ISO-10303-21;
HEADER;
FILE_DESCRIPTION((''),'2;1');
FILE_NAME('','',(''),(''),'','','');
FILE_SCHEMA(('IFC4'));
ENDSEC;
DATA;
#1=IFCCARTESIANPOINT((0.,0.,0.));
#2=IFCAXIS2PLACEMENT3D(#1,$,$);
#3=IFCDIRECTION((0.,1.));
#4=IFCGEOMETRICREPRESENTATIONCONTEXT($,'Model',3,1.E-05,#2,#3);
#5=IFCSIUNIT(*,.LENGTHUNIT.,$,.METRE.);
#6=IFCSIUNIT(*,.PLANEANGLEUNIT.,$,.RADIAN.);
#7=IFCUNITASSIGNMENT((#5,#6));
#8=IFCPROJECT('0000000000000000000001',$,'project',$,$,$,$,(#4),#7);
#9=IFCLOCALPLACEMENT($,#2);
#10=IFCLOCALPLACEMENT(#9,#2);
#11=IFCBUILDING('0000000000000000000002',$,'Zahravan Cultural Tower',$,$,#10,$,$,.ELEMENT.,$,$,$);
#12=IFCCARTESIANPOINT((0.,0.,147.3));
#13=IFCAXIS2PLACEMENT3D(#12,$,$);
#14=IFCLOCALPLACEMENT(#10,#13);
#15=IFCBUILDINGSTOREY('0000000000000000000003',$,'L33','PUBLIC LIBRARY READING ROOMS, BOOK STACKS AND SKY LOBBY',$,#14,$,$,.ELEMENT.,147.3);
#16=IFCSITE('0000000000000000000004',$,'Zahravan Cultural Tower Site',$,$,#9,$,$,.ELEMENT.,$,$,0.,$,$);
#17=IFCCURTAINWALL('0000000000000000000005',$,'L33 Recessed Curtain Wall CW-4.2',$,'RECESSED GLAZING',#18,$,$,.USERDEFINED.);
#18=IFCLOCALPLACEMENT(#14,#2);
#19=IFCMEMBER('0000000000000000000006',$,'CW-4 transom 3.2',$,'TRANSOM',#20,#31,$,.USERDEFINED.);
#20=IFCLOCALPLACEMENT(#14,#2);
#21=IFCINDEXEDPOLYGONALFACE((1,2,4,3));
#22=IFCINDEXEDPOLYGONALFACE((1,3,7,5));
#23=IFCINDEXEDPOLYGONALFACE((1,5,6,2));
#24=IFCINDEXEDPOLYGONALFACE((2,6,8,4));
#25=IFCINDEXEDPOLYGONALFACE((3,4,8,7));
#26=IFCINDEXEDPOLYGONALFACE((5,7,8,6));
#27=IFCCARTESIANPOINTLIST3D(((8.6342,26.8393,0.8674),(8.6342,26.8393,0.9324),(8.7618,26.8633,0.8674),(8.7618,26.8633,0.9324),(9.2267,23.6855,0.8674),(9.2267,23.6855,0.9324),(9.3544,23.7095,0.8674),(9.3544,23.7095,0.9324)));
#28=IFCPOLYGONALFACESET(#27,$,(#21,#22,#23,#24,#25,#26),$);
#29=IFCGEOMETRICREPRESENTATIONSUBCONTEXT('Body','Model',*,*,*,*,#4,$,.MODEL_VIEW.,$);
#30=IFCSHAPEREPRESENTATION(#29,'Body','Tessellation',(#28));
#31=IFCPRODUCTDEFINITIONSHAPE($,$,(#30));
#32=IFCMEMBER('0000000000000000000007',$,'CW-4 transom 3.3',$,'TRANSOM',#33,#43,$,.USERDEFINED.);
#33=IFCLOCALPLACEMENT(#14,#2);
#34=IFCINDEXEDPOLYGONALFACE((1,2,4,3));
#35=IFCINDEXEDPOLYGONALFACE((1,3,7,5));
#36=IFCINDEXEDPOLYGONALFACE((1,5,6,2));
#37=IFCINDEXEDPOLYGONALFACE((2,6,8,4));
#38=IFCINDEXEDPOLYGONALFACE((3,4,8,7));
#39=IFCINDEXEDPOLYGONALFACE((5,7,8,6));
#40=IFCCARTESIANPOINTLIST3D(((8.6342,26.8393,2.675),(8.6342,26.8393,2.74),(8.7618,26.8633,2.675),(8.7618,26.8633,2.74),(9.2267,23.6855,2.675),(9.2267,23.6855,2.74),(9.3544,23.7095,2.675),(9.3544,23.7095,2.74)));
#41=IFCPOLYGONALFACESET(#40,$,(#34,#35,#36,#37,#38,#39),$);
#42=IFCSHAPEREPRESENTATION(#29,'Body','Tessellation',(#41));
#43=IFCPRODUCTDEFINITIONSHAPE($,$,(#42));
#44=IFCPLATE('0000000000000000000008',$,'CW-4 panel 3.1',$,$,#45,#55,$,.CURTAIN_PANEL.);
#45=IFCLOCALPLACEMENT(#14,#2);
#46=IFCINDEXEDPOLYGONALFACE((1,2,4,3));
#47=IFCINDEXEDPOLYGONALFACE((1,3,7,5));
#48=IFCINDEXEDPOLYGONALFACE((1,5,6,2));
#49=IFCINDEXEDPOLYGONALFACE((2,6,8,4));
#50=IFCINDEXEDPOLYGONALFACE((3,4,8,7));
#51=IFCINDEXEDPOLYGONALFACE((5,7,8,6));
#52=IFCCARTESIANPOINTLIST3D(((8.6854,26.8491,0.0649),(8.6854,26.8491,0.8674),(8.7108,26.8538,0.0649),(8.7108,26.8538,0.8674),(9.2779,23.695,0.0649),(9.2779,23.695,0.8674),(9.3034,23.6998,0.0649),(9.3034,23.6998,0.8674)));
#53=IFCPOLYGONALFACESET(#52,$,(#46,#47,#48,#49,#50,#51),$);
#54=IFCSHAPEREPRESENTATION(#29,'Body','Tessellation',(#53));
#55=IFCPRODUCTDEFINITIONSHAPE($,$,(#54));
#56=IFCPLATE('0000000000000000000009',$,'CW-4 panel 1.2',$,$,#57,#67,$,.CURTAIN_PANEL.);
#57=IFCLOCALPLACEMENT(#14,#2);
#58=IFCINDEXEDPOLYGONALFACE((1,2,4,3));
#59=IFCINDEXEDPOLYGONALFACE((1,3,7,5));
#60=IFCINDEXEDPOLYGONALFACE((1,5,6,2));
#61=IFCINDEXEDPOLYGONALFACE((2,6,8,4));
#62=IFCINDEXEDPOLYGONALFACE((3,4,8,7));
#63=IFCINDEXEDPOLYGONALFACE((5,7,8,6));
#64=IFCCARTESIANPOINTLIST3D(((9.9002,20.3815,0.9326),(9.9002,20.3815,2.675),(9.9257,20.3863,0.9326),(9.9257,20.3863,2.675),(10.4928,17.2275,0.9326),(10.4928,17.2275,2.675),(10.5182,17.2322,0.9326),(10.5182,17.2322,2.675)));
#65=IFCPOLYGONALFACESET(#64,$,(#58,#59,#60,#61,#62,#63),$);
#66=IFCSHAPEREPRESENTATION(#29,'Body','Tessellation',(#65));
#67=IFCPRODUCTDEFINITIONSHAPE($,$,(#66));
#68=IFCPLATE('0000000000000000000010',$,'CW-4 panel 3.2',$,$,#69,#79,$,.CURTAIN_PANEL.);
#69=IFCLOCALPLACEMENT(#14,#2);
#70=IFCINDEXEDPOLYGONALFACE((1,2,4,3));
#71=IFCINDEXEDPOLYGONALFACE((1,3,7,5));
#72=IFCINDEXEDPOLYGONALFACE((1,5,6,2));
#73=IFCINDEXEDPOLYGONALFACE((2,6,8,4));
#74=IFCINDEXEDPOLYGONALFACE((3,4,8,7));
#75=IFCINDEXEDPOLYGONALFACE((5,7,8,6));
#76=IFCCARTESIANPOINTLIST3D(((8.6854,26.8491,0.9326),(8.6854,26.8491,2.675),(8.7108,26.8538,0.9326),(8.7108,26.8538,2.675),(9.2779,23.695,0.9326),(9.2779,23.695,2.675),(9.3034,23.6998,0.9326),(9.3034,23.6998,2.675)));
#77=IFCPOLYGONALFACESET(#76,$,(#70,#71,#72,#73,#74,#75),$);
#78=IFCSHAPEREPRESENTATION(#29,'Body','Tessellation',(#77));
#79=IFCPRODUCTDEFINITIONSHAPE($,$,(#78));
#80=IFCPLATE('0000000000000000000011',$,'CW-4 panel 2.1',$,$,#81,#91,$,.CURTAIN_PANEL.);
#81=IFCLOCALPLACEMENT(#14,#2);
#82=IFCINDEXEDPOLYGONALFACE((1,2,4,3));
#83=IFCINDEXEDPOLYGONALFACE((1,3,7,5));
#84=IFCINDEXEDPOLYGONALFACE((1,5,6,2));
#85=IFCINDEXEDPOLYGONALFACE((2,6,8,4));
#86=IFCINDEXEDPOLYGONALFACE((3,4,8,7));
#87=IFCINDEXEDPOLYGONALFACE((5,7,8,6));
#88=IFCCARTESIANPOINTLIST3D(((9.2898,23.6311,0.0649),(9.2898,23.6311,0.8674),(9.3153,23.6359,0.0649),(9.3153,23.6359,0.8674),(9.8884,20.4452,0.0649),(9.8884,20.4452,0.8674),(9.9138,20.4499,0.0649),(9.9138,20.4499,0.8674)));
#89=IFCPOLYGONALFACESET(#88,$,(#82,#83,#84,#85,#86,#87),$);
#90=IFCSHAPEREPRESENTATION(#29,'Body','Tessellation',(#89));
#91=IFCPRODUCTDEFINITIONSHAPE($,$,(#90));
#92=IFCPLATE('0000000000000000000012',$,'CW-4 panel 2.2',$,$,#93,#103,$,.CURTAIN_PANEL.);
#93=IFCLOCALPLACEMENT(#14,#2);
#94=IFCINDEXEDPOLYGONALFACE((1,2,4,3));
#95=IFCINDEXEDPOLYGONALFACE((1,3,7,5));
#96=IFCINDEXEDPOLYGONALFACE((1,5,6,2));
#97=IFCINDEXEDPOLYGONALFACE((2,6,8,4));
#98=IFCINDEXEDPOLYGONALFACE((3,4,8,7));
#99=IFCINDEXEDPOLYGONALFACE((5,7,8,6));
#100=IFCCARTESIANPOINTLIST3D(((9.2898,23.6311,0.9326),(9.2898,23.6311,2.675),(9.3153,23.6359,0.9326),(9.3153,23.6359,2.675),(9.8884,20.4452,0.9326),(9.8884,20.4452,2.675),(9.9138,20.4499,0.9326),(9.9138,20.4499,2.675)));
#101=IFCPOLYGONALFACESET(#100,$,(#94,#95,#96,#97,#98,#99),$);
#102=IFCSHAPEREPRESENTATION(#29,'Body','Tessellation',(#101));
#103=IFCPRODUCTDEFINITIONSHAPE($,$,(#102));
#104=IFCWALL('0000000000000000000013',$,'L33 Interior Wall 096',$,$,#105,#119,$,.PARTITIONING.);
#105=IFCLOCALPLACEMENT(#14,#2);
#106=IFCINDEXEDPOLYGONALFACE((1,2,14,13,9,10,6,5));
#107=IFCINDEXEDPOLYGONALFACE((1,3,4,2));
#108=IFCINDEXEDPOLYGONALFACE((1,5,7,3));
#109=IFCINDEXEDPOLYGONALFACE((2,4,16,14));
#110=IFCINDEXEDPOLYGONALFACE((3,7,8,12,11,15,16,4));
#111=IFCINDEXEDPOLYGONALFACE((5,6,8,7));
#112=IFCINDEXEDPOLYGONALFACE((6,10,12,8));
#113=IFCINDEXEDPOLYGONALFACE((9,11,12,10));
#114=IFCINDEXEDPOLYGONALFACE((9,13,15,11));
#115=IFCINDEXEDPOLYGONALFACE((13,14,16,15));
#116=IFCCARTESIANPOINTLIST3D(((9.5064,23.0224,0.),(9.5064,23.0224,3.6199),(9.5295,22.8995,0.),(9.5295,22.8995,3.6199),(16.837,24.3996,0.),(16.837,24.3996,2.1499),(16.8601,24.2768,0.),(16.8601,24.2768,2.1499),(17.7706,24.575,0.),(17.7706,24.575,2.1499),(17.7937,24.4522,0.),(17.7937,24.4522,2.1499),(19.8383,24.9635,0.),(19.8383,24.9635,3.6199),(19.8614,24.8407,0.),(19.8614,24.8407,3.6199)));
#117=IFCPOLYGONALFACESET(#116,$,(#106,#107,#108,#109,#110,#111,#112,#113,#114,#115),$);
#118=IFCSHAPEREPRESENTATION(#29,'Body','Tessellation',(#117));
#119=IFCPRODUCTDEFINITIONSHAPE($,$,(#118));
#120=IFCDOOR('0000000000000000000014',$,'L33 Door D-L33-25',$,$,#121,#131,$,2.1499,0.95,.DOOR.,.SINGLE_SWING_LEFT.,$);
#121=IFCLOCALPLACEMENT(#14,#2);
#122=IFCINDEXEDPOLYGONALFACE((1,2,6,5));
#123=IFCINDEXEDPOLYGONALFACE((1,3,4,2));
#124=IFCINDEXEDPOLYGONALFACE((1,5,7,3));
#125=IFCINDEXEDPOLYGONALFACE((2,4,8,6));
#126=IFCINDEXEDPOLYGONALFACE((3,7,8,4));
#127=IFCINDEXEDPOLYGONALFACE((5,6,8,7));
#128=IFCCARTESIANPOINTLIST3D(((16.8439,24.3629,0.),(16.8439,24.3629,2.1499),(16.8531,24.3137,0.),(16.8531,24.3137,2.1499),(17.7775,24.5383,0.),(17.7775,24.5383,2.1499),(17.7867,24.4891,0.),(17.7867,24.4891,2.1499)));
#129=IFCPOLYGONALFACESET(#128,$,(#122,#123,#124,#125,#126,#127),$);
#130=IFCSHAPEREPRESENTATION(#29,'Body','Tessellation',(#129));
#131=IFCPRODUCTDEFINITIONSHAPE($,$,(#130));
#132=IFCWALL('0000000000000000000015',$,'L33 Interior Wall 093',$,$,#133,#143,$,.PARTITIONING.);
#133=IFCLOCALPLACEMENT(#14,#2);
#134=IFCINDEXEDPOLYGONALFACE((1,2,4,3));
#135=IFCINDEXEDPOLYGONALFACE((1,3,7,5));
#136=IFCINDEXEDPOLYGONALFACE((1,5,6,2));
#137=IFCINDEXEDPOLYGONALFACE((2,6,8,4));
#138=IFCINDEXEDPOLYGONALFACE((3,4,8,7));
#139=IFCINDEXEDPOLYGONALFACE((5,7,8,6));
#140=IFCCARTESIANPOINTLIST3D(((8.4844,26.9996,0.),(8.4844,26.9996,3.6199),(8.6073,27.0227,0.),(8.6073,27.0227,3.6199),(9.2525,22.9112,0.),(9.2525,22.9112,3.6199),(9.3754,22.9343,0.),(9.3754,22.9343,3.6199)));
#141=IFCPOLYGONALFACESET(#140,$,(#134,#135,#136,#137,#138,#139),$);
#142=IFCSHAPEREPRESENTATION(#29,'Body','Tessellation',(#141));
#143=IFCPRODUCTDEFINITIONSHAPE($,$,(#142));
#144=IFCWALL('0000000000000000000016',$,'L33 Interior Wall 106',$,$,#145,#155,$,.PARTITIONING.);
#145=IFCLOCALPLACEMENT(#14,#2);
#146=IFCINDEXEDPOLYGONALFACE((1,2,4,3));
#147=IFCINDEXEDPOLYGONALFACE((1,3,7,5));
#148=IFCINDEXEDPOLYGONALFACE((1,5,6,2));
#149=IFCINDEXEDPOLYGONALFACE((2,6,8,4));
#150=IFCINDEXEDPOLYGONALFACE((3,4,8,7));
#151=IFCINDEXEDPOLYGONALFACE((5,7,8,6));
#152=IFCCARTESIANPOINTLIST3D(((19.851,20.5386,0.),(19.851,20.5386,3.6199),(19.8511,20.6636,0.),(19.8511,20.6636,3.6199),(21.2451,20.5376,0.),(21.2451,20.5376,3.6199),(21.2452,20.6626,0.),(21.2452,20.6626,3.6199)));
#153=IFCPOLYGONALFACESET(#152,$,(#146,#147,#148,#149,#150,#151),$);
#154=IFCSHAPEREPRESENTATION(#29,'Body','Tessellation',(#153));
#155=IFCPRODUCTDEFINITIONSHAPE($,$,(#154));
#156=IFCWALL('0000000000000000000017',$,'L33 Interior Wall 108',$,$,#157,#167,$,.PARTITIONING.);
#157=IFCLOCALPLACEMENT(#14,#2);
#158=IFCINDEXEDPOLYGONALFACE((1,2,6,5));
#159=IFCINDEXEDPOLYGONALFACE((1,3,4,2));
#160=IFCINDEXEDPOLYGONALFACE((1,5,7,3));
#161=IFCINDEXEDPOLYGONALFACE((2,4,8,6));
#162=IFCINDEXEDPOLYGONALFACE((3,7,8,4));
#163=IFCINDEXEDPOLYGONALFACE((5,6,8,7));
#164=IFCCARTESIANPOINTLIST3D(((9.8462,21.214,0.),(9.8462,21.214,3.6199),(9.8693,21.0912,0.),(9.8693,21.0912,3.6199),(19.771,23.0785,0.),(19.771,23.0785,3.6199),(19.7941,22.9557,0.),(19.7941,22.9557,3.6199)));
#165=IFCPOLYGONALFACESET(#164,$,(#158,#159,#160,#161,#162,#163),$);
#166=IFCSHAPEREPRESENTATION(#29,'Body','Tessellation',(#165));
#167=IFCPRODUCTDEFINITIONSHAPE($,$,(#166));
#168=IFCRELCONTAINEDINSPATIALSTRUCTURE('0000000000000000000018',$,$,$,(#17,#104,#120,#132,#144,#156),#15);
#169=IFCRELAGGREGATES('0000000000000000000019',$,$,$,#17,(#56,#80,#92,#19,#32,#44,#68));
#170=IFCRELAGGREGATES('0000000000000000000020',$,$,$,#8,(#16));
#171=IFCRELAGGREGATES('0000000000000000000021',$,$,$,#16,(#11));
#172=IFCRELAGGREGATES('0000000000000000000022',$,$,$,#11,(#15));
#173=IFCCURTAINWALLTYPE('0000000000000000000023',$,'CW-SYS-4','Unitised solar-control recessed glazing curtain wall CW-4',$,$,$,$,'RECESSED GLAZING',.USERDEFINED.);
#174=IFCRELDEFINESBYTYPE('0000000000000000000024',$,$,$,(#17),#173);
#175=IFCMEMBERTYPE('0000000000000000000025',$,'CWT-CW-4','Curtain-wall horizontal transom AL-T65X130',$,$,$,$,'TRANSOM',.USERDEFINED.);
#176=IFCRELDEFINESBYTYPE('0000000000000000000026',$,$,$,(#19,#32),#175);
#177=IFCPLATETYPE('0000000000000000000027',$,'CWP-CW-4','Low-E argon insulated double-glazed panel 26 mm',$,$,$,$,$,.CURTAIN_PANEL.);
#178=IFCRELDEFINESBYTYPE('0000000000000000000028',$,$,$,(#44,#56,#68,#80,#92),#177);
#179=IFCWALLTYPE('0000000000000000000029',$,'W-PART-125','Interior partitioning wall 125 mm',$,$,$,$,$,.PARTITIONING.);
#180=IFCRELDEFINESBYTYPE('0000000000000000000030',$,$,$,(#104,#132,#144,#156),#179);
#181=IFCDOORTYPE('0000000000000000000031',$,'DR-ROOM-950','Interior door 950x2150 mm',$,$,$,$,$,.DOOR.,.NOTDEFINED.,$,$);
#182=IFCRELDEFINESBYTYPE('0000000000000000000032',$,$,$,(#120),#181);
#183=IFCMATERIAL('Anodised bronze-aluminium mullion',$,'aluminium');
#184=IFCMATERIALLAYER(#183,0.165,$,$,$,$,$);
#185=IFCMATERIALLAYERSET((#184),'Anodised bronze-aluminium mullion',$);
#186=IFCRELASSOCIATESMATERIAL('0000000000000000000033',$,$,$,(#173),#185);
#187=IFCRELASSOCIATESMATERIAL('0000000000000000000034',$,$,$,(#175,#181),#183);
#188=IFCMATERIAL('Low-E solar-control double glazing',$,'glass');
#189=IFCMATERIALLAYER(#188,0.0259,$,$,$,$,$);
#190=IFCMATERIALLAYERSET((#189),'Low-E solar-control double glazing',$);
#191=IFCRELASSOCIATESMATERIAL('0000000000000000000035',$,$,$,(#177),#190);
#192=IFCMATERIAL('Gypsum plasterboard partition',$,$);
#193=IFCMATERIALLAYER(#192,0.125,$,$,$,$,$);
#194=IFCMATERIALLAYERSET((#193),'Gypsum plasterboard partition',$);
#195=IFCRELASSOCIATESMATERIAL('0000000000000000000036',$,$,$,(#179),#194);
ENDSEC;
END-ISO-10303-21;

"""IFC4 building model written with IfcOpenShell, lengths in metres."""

from ifc_helpers import new_model, si_unit, direction, frame, frame_2d, origin, origin_2d, place, context, subcontext, project, spatial, rectangle, extrude, source, transform, mapped, material, layer, layer_set, material_profile, profile_set, type_object, element, fill, aggregate, save


model = new_model("IFC4")

# Units and contexts
model_context = context("Model", 3, precision=1e-05, world=origin(), true_north=direction((0.0, 1.0)))
body_context = subcontext(model_context, "Body", "Model", "MODEL_VIEW")
ifc_project = project(units=[si_unit("LENGTHUNIT", "METRE"), si_unit("PLANEANGLEUNIT", "RADIAN")], contexts=[model_context])

# Site, building, storey
site_placement = place(None, origin())
site = spatial("IfcSite", under=ifc_project, at=site_placement, Name="Zahravan Cultural Tower Site", CompositionType="ELEMENT", RefElevation=0.0)
building_placement = place(site_placement, origin())
building = spatial("IfcBuilding", under=site, at=building_placement, Name="Zahravan Cultural Tower", CompositionType="ELEMENT")
storey_placement = place(building_placement, frame((0.0, 0.0, 147.3)))
storey = spatial("IfcBuildingStorey", under=building, at=storey_placement, Name="L33", Description="PUBLIC LIBRARY READING ROOMS, BOOK STACKS AND SKY LOBBY", CompositionType="ELEMENT", Elevation=147.3)

# Curtain wall, members, plates
ifc_material_1 = material(Name="Anodised bronze-aluminium mullion", Category="aluminium")
ifc_layer_1 = layer(ifc_material_1, 0.165)
ifc_layer_set_1 = layer_set([ifc_layer_1], Name="Anodised bronze-aluminium mullion")
curtain_wall_type = type_object("IfcCurtainWallType", Name="CW-SYS-4", Description="Unitised solar-control recessed glazing curtain wall CW-4", ElementType="RECESSED GLAZING", PredefinedType="USERDEFINED", material=ifc_layer_set_1)
curtain_wall_placement = place(storey_placement, origin())
curtain_wall = element("IfcCurtainWall", 1, at=curtain_wall_placement, inside=storey, type_object=curtain_wall_type, Name="L33 Recessed Curtain Wall CW-4.2", ObjectType="RECESSED GLAZING", PredefinedType="USERDEFINED")
ifc_material_profile_1 = material_profile(ifc_material_1, rectangle(XDim=0.1299, YDim=0.0649, at=origin_2d()), Name="AL-T65X130")
ifc_profile_set_1 = profile_set([ifc_material_profile_1], Name="Anodised bronze-aluminium mullion")
member_type_1 = type_object("IfcMemberType", Name="CWT-CW-4", Description="Curtain-wall horizontal transom AL-T65X130", ElementType="TRANSOM", PredefinedType="USERDEFINED", material=ifc_profile_set_1)
shared_shape_1 = source(origin(), body_context, "Body", "SweptSolid", [
    extrude(rectangle(XDim=0.1299, YDim=0.0649, at=origin_2d()), origin(), (0.0, 0.0, 1.0), 3.209),
])
member_1_placement = place(storey_placement, frame((9.2905, 23.6975, 0.8999), z_axis=(-0.184647, 0.982805, 0.0), x_axis=(-0.982805, -0.184647, 0.0)))
member_1 = element("IfcMember", 2, at=member_1_placement, type_object=member_type_1, Name="CW-4 transom 3.2", ObjectType="TRANSOM", PredefinedType="USERDEFINED", context=body_context, shape_type="MappedRepresentation", body=[
    mapped(shared_shape_1, transform((0.0, 0.0, 0.0), x_axis=(1.0, 0.0, 0.0), y_axis=(0.0, 1.0, 0.0), z_axis=(0.0, 0.0, 1.0), scale=1.0)),
])
member_2_placement = place(storey_placement, frame((9.2905, 23.6975, 2.7075), z_axis=(-0.184647, 0.982805, 0.0), x_axis=(-0.982805, -0.184647, 0.0)))
member_2 = element("IfcMember", 3, at=member_2_placement, type_object=member_type_1, Name="CW-4 transom 3.3", ObjectType="TRANSOM", PredefinedType="USERDEFINED", context=body_context, shape_type="MappedRepresentation", body=[
    mapped(shared_shape_1, transform((0.0, 0.0, 0.0), x_axis=(1.0, 0.0, 0.0), y_axis=(0.0, 1.0, 0.0), z_axis=(0.0, 0.0, 1.0), scale=1.0)),
])
ifc_material_2 = material(Name="Low-E solar-control double glazing", Category="glass")
ifc_layer_2 = layer(ifc_material_2, 0.0259)
ifc_layer_set_2 = layer_set([ifc_layer_2], Name="Low-E solar-control double glazing")
plate_type = type_object("IfcPlateType", Name="CWP-CW-4", Description="Low-E argon insulated double-glazed panel 26 mm", PredefinedType="CURTAIN_PANEL", material=ifc_layer_set_2)
shared_shape_2 = source(origin(), body_context, "Body", "SweptSolid", [
    extrude(rectangle(XDim=3.2092, YDim=0.0259, at=origin_2d()), origin(), (0.0, 0.0, 1.0), 0.8025),
])
plate_1_placement = place(storey_placement, frame((8.9944, 25.2744, 0.0649), z_axis=(0.0, 0.0, 1.0), x_axis=(-0.184638, 0.982807, 0.0)))
plate_1 = element("IfcPlate", 4, at=plate_1_placement, type_object=plate_type, Name="CW-4 panel 3.1", PredefinedType="CURTAIN_PANEL", context=body_context, shape_type="MappedRepresentation", body=[
    mapped(shared_shape_2, transform((0.0, 0.0, 0.0), x_axis=(1.0, 0.0, 0.0), y_axis=(0.0, 1.0, 0.0), z_axis=(0.0, 0.0, 1.0), scale=1.0)),
])
shared_shape_3 = source(origin(), body_context, "Body", "SweptSolid", [
    extrude(rectangle(XDim=3.2092, YDim=0.0259, at=origin_2d()), origin(), (0.0, 0.0, 1.0), 1.7424),
])
plate_2_placement = place(storey_placement, frame((10.2092, 18.8069, 0.9326), z_axis=(0.0, 0.0, 1.0), x_axis=(-0.184638, 0.982807, 0.0)))
plate_2 = element("IfcPlate", 5, at=plate_2_placement, type_object=plate_type, Name="CW-4 panel 1.2", PredefinedType="CURTAIN_PANEL", context=body_context, shape_type="MappedRepresentation", body=[
    mapped(shared_shape_3, transform((0.0, 0.0, 0.0), x_axis=(1.0, 0.0, 0.0), y_axis=(0.0, 1.0, 0.0), z_axis=(0.0, 0.0, 1.0), scale=1.0)),
])
plate_3_placement = place(storey_placement, frame((8.9944, 25.2744, 0.9326), z_axis=(0.0, 0.0, 1.0), x_axis=(-0.184638, 0.982807, 0.0)))
plate_3 = element("IfcPlate", 6, at=plate_3_placement, type_object=plate_type, Name="CW-4 panel 3.2", PredefinedType="CURTAIN_PANEL", context=body_context, shape_type="MappedRepresentation", body=[
    mapped(shared_shape_3, transform((0.0, 0.0, 0.0), x_axis=(1.0, 0.0, 0.0), y_axis=(0.0, 1.0, 0.0), z_axis=(0.0, 0.0, 1.0), scale=1.0)),
])
shared_shape_4 = source(origin(), body_context, "Body", "SweptSolid", [
    extrude(rectangle(XDim=3.2417, YDim=0.0259, at=origin_2d()), origin(), (0.0, 0.0, 1.0), 0.8025),
])
plate_4_placement = place(storey_placement, frame((9.6018, 22.0405, 0.0649), z_axis=(0.0, 0.0, 1.0), x_axis=(-0.184638, 0.982807, 0.0)))
plate_4 = element("IfcPlate", 7, at=plate_4_placement, type_object=plate_type, Name="CW-4 panel 2.1", PredefinedType="CURTAIN_PANEL", context=body_context, shape_type="MappedRepresentation", body=[
    mapped(shared_shape_4, transform((0.0, 0.0, 0.0), x_axis=(1.0, 0.0, 0.0), y_axis=(0.0, 1.0, 0.0), z_axis=(0.0, 0.0, 1.0), scale=1.0)),
])
shared_shape_5 = source(origin(), body_context, "Body", "SweptSolid", [
    extrude(rectangle(XDim=3.2417, YDim=0.0259, at=origin_2d()), origin(), (0.0, 0.0, 1.0), 1.7424),
])
plate_5_placement = place(storey_placement, frame((9.6018, 22.0405, 0.9326), z_axis=(0.0, 0.0, 1.0), x_axis=(-0.184638, 0.982807, 0.0)))
plate_5 = element("IfcPlate", 8, at=plate_5_placement, type_object=plate_type, Name="CW-4 panel 2.2", PredefinedType="CURTAIN_PANEL", context=body_context, shape_type="MappedRepresentation", body=[
    mapped(shared_shape_5, transform((0.0, 0.0, 0.0), x_axis=(1.0, 0.0, 0.0), y_axis=(0.0, 1.0, 0.0), z_axis=(0.0, 0.0, 1.0), scale=1.0)),
])
aggregate(curtain_wall, [plate_2, plate_4, plate_5, member_1, member_2, plate_1, plate_3])

# Wall, opening, door
ifc_material_3 = material(Name="Gypsum plasterboard partition")
ifc_layer_3 = layer(ifc_material_3, 0.125)
ifc_layer_set_3 = layer_set([ifc_layer_3], Name="Gypsum plasterboard partition")
wall_type = type_object("IfcWallType", Name="W-PART-125", Description="Interior partitioning wall 125 mm", PredefinedType="PARTITIONING", material=ifc_layer_set_3)
wall_1_placement = place(storey_placement, frame((19.8499, 24.9021, 0.0), z_axis=(0.0, 0.0, 1.0), x_axis=(-0.982805, -0.184647, 0.0)))
wall_1 = element("IfcWall", 9, at=wall_1_placement, inside=storey, type_object=wall_type, Name="L33 Interior Wall 096", PredefinedType="PARTITIONING", context=body_context, shape_type="SweptSolid", body=[
    extrude(rectangle(XDim=10.5127, YDim=0.125, at=frame_2d((5.2563, 0.0))), origin(), (0.0, 0.0, 1.0), 3.6199),
])
opening_1_placement = place(wall_1_placement, frame((2.1038, 0.0, 0.0)))
opening_1 = element("IfcOpeningElement", 10, at=opening_1_placement, cuts=wall_1, PredefinedType="OPENING", context=body_context, shape_type="SweptSolid", body=[
    extrude(rectangle(XDim=0.95, YDim=2.1499, at=frame_2d((0.4751, 1.075))), frame((0.0, 0.0725, 0.0), z_axis=(0.0, -1.0, 0.0), x_axis=(1.0, 0.0, 0.0)), (0.0, 0.0, 1.0), 0.145),
])
door_type = type_object("IfcDoorType", Name="DR-ROOM-950", Description="Interior door 950x2150 mm", OperationType="NOTDEFINED", PredefinedType="DOOR", material=ifc_material_1)
shared_shape_6 = source(origin(), body_context, "Body", "SweptSolid", [
    extrude(rectangle(XDim=0.95, YDim=2.1499, at=frame_2d((0.4751, 1.075))), frame((0.0, 0.0249, 0.0), z_axis=(0.0, -1.0, 0.0), x_axis=(1.0, 0.0, 0.0)), (0.0, 0.0, 1.0), 0.05),
])
door_1_placement = place(opening_1_placement, origin())
door_1 = element("IfcDoor", 11, at=door_1_placement, inside=storey, type_object=door_type, Name="L33 Door D-L33-25", OperationType="SINGLE_SWING_LEFT", OverallHeight=2.1499, OverallWidth=0.95, PredefinedType="DOOR", context=body_context, shape_type="MappedRepresentation", body=[
    mapped(shared_shape_6, transform((0.0, 0.0, 0.0), x_axis=(1.0, 0.0, 0.0), y_axis=(0.0, 1.0, 0.0), z_axis=(0.0, 0.0, 1.0), scale=1.0)),
])
fill(opening_1, door_1)

# Walls
shared_shape_7 = source(origin(), body_context, "Body", "SweptSolid", [
    extrude(rectangle(XDim=4.1599, YDim=0.125, at=frame_2d((2.0801, 0.0))), origin(), (0.0, 0.0, 1.0), 3.6199),
])
wall_2_placement = place(storey_placement, frame((9.314, 22.9226, 0.0), z_axis=(0.0, 0.0, 1.0), x_axis=(-0.184636, 0.982807, 0.0)))
element("IfcWall", 12, at=wall_2_placement, inside=storey, type_object=wall_type, Name="L33 Interior Wall 093", PredefinedType="PARTITIONING", context=body_context, shape_type="MappedRepresentation", body=[
    mapped(shared_shape_7, transform((0.0, 0.0, 0.0), x_axis=(1.0, 0.0, 0.0), y_axis=(0.0, 1.0, 0.0), z_axis=(0.0, 0.0, 1.0), scale=1.0)),
])
shared_shape_8 = source(origin(), body_context, "Body", "SweptSolid", [
    extrude(rectangle(XDim=1.394, YDim=0.125, at=frame_2d((0.697, 0.0))), origin(), (0.0, 0.0, 1.0), 3.6199),
])
wall_3_placement = place(storey_placement, frame((19.8511, 20.6011, 0.0), z_axis=(0.0, 0.0, 1.0), x_axis=(1.0, -0.000701, 0.0)))
element("IfcWall", 13, at=wall_3_placement, inside=storey, type_object=wall_type, Name="L33 Interior Wall 106", PredefinedType="PARTITIONING", context=body_context, shape_type="MappedRepresentation", body=[
    mapped(shared_shape_8, transform((0.0, 0.0, 0.0), x_axis=(1.0, 0.0, 0.0), y_axis=(0.0, 1.0, 0.0), z_axis=(0.0, 0.0, 1.0), scale=1.0)),
])
shared_shape_9 = source(origin(), body_context, "Body", "SweptSolid", [
    extrude(rectangle(XDim=10.0984, YDim=0.125, at=frame_2d((5.0493, 0.0))), origin(), (0.0, 0.0, 1.0), 3.6199),
])
wall_4_placement = place(storey_placement, frame((9.8577, 21.1526, 0.0), z_axis=(0.0, 0.0, 1.0), x_axis=(0.982808, 0.184633, 0.0)))
element("IfcWall", 14, at=wall_4_placement, inside=storey, type_object=wall_type, Name="L33 Interior Wall 108", PredefinedType="PARTITIONING", context=body_context, shape_type="MappedRepresentation", body=[
    mapped(shared_shape_9, transform((0.0, 0.0, 0.0), x_axis=(1.0, 0.0, 0.0), y_axis=(0.0, 1.0, 0.0), z_axis=(0.0, 0.0, 1.0), scale=1.0)),
])

save(model, "model.ifc")
